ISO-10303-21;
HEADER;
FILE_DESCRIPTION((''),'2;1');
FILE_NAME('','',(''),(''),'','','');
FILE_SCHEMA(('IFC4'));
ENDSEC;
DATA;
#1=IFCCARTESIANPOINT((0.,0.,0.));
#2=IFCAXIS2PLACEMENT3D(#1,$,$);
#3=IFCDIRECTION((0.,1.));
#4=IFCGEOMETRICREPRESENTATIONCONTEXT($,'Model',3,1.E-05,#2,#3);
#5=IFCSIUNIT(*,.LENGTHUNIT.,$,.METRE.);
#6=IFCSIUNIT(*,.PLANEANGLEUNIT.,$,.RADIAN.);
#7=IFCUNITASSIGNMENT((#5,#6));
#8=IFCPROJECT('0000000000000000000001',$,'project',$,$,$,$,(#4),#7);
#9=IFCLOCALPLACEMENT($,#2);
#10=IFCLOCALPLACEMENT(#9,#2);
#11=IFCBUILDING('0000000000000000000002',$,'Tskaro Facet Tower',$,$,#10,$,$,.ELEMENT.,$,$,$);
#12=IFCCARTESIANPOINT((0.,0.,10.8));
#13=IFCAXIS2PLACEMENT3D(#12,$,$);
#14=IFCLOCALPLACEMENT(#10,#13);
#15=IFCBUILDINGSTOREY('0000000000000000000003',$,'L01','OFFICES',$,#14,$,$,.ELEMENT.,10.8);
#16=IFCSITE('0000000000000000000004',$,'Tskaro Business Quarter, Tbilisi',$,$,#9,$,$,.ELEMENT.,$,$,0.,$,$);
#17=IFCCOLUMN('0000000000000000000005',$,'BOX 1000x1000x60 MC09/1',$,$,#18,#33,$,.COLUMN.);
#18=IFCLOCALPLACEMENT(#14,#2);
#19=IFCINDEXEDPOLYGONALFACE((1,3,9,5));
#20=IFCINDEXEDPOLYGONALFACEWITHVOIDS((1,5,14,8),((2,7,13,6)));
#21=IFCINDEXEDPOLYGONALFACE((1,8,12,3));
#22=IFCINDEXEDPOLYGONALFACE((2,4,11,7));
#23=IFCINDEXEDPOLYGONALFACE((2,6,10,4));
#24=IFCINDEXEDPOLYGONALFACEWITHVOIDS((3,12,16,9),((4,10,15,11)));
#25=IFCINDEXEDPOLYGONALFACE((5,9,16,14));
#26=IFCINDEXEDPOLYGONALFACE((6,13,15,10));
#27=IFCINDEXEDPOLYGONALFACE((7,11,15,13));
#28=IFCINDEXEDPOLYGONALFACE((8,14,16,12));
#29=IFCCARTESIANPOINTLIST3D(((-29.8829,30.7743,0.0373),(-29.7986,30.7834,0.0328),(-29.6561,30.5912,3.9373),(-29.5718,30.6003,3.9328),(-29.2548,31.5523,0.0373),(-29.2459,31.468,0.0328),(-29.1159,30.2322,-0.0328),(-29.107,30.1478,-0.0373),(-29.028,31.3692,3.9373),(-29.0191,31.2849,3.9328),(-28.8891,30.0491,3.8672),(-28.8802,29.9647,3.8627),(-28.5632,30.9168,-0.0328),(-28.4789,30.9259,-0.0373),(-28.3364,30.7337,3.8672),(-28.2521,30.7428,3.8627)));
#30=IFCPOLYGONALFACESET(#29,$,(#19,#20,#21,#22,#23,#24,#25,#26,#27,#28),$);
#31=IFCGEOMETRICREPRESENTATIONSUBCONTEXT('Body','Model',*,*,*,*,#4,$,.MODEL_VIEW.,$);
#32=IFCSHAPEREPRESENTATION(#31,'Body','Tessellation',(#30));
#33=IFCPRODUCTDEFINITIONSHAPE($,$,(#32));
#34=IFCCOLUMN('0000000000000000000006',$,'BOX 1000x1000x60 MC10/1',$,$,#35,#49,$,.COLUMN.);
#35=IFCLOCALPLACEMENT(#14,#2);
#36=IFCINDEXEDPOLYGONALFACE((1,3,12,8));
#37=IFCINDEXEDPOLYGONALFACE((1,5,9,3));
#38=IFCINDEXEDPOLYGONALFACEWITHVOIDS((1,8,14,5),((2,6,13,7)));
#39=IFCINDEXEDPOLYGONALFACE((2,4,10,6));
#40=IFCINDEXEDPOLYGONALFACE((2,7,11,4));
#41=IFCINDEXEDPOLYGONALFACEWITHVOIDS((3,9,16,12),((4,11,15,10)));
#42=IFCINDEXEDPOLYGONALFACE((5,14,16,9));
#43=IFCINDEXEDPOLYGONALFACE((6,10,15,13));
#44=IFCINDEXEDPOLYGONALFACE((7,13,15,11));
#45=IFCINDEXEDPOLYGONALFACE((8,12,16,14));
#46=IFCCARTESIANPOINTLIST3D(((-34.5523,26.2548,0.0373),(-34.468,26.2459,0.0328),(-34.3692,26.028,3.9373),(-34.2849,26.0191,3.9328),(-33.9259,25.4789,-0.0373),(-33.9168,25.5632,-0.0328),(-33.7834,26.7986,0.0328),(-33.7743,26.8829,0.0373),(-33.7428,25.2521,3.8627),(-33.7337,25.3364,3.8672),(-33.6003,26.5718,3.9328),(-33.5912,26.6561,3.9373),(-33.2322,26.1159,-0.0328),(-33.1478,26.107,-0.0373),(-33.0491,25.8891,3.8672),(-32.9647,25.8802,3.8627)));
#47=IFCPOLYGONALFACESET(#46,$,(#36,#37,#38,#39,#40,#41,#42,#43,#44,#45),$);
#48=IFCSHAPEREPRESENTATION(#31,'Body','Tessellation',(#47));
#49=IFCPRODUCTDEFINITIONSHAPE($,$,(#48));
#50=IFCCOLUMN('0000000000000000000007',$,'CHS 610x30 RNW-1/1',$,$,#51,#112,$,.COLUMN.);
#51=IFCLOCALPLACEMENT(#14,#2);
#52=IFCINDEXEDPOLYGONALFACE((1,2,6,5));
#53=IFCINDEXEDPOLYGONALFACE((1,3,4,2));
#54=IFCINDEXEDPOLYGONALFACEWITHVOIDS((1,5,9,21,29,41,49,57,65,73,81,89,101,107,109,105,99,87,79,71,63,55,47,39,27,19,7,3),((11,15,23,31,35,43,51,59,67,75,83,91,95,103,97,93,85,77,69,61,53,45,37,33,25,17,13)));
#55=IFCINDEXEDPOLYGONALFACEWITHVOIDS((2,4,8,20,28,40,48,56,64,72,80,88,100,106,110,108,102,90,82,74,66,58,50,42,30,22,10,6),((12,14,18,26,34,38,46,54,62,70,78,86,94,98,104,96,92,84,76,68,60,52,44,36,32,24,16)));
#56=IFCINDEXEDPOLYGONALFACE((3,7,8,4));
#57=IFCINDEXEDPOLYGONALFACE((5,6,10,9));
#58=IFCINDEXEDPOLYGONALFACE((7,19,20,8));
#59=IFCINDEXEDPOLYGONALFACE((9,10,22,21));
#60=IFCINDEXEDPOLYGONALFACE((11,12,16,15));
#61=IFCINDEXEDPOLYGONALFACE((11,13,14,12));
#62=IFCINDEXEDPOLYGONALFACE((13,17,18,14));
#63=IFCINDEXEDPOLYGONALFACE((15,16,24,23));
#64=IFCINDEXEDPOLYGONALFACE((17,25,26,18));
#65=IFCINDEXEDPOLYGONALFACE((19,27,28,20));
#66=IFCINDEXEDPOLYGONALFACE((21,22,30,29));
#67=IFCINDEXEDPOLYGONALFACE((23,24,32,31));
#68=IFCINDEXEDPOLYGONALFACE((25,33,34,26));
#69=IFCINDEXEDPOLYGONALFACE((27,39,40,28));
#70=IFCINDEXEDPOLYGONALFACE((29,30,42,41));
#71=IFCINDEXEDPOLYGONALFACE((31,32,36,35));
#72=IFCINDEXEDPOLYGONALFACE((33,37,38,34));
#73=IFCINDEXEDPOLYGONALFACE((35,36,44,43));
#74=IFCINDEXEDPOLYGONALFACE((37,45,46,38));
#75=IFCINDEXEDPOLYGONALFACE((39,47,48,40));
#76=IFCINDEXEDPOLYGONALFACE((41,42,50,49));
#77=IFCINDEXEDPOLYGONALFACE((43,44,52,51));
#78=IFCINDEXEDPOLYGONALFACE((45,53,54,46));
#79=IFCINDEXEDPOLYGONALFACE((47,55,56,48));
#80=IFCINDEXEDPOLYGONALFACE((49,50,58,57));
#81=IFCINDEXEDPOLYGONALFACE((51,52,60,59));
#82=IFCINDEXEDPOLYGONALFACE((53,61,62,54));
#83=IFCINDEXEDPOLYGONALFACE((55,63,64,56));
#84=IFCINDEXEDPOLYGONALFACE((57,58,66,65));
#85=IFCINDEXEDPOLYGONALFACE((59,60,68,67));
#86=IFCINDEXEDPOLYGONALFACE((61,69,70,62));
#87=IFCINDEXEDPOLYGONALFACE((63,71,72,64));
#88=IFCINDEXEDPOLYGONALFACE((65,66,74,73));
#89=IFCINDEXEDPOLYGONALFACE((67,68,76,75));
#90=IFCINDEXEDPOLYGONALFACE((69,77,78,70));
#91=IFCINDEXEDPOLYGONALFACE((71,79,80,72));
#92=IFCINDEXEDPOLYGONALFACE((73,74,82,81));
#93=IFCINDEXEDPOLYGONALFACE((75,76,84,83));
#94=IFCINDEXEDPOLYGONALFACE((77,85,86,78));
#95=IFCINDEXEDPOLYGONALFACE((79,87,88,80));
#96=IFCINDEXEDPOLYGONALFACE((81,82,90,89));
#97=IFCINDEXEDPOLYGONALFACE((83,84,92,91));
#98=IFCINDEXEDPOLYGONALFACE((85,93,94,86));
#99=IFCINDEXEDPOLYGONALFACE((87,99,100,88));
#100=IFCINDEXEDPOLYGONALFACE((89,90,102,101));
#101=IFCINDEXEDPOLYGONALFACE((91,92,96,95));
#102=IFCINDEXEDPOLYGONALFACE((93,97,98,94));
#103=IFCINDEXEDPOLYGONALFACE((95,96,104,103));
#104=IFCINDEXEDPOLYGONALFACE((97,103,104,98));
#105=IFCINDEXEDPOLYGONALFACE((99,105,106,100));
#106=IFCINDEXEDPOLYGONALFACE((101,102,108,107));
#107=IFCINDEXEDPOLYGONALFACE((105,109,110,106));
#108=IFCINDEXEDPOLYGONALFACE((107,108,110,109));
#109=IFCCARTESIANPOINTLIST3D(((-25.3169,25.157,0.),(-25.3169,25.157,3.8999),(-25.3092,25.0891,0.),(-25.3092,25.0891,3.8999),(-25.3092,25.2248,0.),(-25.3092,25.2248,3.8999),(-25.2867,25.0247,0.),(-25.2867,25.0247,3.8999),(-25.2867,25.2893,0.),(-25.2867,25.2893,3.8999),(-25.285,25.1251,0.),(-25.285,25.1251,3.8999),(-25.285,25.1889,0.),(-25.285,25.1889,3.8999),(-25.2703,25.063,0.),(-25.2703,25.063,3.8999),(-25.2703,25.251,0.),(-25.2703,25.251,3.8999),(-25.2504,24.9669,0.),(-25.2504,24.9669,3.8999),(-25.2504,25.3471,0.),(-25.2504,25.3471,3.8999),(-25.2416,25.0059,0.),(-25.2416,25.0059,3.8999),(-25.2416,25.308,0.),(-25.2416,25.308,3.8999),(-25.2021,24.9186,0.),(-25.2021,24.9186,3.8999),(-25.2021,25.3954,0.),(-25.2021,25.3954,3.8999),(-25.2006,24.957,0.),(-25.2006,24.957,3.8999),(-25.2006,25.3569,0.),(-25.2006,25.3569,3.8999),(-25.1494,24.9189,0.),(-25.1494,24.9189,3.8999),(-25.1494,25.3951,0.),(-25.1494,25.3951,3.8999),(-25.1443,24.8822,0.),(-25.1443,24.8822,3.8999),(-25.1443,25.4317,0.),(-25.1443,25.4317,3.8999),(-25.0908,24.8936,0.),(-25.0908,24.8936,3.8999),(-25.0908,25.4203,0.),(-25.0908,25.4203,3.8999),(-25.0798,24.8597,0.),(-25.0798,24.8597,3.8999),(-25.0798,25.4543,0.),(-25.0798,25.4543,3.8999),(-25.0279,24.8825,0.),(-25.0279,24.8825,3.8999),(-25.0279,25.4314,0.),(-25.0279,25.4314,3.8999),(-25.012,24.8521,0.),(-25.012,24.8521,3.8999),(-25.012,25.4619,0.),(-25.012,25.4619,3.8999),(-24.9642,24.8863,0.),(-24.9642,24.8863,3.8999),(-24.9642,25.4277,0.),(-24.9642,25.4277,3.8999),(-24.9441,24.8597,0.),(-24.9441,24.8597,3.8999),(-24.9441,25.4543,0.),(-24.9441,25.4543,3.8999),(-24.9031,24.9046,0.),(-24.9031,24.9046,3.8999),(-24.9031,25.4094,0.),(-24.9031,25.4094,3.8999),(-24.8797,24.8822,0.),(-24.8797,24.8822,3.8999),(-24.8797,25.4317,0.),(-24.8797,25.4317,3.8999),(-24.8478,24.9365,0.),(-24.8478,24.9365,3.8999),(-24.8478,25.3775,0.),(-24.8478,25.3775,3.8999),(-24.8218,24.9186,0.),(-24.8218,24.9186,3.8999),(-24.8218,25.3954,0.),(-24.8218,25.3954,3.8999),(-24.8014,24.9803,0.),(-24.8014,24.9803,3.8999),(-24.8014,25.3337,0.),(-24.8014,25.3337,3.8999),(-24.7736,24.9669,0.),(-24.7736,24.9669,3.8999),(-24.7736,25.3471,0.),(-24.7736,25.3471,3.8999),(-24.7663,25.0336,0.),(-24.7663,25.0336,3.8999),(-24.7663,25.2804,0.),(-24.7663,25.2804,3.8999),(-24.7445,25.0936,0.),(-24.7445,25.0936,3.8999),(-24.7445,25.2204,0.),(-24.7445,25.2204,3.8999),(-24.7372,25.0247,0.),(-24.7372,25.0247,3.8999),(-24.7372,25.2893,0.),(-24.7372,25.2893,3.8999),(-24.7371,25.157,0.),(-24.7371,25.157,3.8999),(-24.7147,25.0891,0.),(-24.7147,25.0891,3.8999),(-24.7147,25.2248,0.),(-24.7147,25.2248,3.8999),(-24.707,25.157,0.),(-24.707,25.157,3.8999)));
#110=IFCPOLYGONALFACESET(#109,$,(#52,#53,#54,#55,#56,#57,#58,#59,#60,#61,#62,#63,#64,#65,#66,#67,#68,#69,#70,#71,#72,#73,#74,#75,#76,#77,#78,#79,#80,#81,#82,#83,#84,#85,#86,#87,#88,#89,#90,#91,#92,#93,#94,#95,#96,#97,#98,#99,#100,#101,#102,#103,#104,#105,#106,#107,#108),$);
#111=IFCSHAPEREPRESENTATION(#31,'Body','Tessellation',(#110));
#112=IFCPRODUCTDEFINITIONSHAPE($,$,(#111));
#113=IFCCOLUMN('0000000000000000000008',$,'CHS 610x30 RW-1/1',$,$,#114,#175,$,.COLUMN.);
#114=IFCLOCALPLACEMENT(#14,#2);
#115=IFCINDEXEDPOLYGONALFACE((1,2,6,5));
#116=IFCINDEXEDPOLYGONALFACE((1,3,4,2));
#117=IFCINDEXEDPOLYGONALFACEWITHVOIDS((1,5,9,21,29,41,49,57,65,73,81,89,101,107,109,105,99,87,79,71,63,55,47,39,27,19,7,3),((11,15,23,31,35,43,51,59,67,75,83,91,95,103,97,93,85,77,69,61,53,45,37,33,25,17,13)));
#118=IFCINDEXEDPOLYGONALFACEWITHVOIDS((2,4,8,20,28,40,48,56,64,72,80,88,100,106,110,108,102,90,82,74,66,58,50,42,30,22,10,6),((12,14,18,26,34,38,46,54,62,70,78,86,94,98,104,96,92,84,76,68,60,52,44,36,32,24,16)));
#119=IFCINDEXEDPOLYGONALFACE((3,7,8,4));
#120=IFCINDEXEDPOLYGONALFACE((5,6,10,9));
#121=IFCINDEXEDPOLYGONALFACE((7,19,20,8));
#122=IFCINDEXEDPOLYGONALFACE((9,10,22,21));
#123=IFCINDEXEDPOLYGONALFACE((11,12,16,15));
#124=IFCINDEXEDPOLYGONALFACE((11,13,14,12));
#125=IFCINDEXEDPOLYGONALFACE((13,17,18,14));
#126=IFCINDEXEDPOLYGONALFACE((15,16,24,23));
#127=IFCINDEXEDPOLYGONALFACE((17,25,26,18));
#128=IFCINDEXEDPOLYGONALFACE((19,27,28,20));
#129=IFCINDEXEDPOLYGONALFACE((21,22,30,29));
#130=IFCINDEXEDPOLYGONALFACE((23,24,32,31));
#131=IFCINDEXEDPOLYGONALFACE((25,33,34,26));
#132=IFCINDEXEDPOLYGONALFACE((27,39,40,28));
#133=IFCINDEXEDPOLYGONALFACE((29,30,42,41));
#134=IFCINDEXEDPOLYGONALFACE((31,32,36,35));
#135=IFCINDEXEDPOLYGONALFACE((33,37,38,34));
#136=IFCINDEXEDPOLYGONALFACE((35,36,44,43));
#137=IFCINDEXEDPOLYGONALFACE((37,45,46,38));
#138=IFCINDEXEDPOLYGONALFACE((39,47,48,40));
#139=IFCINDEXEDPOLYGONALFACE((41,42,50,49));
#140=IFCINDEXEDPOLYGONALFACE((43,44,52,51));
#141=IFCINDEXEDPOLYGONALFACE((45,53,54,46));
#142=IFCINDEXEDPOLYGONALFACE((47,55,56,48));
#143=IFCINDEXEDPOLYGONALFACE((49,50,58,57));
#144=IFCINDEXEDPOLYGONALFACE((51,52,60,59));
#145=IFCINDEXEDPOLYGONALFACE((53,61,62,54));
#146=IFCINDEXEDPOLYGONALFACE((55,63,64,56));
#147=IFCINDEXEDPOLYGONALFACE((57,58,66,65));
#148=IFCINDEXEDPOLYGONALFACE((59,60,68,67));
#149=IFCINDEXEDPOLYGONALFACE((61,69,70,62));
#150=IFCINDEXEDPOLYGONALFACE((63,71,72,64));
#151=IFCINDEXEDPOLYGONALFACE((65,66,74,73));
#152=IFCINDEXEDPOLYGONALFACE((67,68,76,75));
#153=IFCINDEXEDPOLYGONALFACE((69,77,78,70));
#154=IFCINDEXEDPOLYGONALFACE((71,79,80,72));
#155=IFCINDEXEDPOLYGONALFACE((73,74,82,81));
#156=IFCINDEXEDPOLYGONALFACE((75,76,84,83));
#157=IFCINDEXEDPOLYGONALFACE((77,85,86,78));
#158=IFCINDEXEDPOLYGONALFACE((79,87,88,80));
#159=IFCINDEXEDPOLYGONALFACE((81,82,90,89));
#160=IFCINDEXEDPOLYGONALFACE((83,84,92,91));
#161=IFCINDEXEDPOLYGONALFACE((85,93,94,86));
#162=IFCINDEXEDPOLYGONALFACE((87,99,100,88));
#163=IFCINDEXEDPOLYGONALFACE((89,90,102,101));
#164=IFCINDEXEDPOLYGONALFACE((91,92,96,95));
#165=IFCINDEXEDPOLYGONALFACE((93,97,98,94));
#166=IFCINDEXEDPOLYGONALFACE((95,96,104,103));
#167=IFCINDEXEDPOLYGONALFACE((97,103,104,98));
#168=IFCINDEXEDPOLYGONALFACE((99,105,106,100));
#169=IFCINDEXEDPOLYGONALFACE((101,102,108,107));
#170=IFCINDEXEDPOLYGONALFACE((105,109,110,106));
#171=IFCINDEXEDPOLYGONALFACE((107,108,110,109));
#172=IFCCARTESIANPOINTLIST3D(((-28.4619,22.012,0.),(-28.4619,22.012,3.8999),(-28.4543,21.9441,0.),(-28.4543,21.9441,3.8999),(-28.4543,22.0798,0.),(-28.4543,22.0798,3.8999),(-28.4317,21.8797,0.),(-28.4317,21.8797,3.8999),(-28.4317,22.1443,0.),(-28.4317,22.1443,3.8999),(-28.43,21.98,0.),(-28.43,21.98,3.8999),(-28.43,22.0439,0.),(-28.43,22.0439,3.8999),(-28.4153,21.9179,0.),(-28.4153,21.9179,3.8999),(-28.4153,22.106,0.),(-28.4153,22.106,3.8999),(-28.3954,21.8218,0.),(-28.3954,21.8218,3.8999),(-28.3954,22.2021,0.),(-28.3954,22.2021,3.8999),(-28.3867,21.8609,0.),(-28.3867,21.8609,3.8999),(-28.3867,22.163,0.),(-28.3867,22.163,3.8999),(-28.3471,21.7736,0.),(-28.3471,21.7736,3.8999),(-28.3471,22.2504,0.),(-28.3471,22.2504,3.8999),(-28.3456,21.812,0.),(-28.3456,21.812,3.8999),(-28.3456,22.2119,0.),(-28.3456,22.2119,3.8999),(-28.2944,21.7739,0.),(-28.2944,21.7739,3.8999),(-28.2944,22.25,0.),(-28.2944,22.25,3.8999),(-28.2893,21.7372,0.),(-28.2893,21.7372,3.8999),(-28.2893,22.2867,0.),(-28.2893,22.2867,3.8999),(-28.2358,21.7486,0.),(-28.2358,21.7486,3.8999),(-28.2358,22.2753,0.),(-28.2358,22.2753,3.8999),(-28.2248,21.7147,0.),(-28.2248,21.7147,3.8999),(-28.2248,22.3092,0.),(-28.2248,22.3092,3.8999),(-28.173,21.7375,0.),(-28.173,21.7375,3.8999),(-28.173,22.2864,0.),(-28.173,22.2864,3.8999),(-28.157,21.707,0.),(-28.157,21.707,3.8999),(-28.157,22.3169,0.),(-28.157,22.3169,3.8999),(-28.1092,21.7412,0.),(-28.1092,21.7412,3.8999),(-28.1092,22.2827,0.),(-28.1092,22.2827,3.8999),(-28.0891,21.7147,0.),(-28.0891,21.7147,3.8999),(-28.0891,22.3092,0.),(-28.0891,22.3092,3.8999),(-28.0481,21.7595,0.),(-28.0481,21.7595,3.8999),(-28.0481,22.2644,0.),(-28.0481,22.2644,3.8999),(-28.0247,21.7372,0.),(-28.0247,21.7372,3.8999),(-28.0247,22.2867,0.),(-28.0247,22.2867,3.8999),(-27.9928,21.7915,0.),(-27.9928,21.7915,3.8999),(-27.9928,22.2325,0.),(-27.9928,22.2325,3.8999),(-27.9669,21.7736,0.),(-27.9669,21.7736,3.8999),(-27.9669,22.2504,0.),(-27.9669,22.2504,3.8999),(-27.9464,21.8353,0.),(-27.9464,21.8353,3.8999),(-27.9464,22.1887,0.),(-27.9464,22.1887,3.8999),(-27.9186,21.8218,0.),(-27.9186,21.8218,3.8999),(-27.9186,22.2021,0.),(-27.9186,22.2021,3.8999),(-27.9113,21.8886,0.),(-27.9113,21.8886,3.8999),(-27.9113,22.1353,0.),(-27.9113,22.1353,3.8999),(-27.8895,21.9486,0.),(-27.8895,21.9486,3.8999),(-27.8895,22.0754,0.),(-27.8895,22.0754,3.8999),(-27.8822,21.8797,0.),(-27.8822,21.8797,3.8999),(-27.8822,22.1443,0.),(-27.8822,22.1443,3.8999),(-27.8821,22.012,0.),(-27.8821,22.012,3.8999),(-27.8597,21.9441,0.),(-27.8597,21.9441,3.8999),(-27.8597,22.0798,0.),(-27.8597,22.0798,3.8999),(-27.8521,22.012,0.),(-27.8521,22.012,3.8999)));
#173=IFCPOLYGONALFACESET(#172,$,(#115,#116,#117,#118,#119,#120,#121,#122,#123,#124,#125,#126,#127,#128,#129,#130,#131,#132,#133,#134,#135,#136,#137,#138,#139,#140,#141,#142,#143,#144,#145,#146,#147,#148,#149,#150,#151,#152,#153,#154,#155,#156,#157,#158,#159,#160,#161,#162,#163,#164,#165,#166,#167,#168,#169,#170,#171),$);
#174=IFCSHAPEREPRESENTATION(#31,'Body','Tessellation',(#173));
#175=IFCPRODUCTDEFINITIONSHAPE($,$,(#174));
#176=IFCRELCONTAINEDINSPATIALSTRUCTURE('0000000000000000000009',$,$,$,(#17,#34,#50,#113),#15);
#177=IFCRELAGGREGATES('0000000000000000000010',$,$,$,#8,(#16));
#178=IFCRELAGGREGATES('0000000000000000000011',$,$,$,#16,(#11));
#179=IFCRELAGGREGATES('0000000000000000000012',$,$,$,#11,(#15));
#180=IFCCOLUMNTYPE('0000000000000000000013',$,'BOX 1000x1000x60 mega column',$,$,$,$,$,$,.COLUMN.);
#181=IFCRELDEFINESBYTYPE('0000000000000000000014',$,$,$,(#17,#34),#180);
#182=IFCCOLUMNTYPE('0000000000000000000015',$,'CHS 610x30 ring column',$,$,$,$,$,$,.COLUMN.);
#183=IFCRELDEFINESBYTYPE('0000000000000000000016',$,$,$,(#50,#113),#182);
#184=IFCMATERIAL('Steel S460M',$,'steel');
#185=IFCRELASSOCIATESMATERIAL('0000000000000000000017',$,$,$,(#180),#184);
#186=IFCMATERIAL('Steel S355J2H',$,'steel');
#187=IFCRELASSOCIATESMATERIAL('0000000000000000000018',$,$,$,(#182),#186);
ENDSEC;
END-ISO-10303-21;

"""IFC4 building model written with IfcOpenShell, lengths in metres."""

from ifc_helpers import new_model, si_unit, direction, frame, origin, origin_2d, place, context, subcontext, project, spatial, hollow_rectangle, hollow_circle, extrude, material, material_profile, profile_set, type_object, element, save


model = new_model("IFC4")

# Units and contexts
model_context = context("Model", 3, precision=1e-05, world=origin(), true_north=direction((0.0, 1.0)))
body_context = subcontext(model_context, "Body", "Model", "MODEL_VIEW")
ifc_project = project(units=[si_unit("LENGTHUNIT", "METRE"), si_unit("PLANEANGLEUNIT", "RADIAN")], contexts=[model_context])

# Site, building, storey
site_placement = place(None, origin())
site = spatial("IfcSite", under=ifc_project, at=site_placement, Name="Tskaro Business Quarter, Tbilisi", CompositionType="ELEMENT", RefElevation=0.0)
building_placement = place(site_placement, origin())
building = spatial("IfcBuilding", under=site, at=building_placement, Name="Tskaro Facet Tower", CompositionType="ELEMENT")
storey_placement = place(building_placement, frame((0.0, 0.0, 10.8)))
storey = spatial("IfcBuildingStorey", under=building, at=storey_placement, Name="L01", Description="OFFICES", CompositionType="ELEMENT", Elevation=10.8)

# Columns
ifc_material_1 = material(Name="Steel S460M", Category="steel")
ifc_material_profile_1 = material_profile(ifc_material_1, hollow_rectangle(XDim=1.0, YDim=1.0, WallThickness=0.0601, at=origin_2d()), Name="BOX 1000x1000x60")
ifc_profile_set_1 = profile_set([ifc_material_profile_1], Name="Steel S460M")
column_type_1 = type_object("IfcColumnType", Name="BOX 1000x1000x60 mega column", PredefinedType="COLUMN", material=ifc_profile_set_1)
for number, where, z_axis, x_axis, name in (
    (1, (-29.1809, 30.8501, 0.0), (0.057995, -0.046821, 0.997218), (0.628162, 0.778083, 0.0), "BOX 1000x1000x60 MC09/1"),
    (2, (-33.8501, 26.1809, 0.0), (0.046821, -0.057995, 0.997218), (0.778083, 0.628162, 0.0), "BOX 1000x1000x60 MC10/1"),
):
    element("IfcColumn", number, at=place(storey_placement, frame(where, z_axis=z_axis, x_axis=x_axis)), inside=storey, type_object=column_type_1, Name=name, PredefinedType="COLUMN", context=body_context, shape_type="SweptSolid", body=[
        extrude(hollow_rectangle(XDim=1.0, YDim=1.0, WallThickness=0.0601, at=origin_2d()), origin(), (0.0, 0.0, 1.0), 3.9109),
    ])
ifc_material_2 = material(Name="Steel S355J2H", Category="steel")
ifc_material_profile_2 = material_profile(ifc_material_2, hollow_circle(Radius=0.3049, WallThickness=0.03, at=origin_2d()), Name="CHS 610x30")
ifc_profile_set_2 = profile_set([ifc_material_profile_2], Name="Steel S355J2H")
column_type_2 = type_object("IfcColumnType", Name="CHS 610x30 ring column", PredefinedType="COLUMN", material=ifc_profile_set_2)
for number, where, z_axis, x_axis, name in (
    (3, (-25.012, 25.157, 0.0), (0.0, 0.0, 1.0), (1.0, 0.0, 0.0), "CHS 610x30 RNW-1/1"),
    (4, (-28.157, 22.012, 0.0), (0.0, 0.0, 1.0), (1.0, 0.0, 0.0), "CHS 610x30 RW-1/1"),
):
    element("IfcColumn", number, at=place(storey_placement, frame(where, z_axis=z_axis, x_axis=x_axis)), inside=storey, type_object=column_type_2, Name=name, PredefinedType="COLUMN", context=body_context, shape_type="SweptSolid", body=[
        extrude(hollow_circle(Radius=0.3049, WallThickness=0.03, at=origin_2d()), origin(), (0.0, 0.0, 1.0), 3.8999),
    ])

save(model, "model.ifc")
